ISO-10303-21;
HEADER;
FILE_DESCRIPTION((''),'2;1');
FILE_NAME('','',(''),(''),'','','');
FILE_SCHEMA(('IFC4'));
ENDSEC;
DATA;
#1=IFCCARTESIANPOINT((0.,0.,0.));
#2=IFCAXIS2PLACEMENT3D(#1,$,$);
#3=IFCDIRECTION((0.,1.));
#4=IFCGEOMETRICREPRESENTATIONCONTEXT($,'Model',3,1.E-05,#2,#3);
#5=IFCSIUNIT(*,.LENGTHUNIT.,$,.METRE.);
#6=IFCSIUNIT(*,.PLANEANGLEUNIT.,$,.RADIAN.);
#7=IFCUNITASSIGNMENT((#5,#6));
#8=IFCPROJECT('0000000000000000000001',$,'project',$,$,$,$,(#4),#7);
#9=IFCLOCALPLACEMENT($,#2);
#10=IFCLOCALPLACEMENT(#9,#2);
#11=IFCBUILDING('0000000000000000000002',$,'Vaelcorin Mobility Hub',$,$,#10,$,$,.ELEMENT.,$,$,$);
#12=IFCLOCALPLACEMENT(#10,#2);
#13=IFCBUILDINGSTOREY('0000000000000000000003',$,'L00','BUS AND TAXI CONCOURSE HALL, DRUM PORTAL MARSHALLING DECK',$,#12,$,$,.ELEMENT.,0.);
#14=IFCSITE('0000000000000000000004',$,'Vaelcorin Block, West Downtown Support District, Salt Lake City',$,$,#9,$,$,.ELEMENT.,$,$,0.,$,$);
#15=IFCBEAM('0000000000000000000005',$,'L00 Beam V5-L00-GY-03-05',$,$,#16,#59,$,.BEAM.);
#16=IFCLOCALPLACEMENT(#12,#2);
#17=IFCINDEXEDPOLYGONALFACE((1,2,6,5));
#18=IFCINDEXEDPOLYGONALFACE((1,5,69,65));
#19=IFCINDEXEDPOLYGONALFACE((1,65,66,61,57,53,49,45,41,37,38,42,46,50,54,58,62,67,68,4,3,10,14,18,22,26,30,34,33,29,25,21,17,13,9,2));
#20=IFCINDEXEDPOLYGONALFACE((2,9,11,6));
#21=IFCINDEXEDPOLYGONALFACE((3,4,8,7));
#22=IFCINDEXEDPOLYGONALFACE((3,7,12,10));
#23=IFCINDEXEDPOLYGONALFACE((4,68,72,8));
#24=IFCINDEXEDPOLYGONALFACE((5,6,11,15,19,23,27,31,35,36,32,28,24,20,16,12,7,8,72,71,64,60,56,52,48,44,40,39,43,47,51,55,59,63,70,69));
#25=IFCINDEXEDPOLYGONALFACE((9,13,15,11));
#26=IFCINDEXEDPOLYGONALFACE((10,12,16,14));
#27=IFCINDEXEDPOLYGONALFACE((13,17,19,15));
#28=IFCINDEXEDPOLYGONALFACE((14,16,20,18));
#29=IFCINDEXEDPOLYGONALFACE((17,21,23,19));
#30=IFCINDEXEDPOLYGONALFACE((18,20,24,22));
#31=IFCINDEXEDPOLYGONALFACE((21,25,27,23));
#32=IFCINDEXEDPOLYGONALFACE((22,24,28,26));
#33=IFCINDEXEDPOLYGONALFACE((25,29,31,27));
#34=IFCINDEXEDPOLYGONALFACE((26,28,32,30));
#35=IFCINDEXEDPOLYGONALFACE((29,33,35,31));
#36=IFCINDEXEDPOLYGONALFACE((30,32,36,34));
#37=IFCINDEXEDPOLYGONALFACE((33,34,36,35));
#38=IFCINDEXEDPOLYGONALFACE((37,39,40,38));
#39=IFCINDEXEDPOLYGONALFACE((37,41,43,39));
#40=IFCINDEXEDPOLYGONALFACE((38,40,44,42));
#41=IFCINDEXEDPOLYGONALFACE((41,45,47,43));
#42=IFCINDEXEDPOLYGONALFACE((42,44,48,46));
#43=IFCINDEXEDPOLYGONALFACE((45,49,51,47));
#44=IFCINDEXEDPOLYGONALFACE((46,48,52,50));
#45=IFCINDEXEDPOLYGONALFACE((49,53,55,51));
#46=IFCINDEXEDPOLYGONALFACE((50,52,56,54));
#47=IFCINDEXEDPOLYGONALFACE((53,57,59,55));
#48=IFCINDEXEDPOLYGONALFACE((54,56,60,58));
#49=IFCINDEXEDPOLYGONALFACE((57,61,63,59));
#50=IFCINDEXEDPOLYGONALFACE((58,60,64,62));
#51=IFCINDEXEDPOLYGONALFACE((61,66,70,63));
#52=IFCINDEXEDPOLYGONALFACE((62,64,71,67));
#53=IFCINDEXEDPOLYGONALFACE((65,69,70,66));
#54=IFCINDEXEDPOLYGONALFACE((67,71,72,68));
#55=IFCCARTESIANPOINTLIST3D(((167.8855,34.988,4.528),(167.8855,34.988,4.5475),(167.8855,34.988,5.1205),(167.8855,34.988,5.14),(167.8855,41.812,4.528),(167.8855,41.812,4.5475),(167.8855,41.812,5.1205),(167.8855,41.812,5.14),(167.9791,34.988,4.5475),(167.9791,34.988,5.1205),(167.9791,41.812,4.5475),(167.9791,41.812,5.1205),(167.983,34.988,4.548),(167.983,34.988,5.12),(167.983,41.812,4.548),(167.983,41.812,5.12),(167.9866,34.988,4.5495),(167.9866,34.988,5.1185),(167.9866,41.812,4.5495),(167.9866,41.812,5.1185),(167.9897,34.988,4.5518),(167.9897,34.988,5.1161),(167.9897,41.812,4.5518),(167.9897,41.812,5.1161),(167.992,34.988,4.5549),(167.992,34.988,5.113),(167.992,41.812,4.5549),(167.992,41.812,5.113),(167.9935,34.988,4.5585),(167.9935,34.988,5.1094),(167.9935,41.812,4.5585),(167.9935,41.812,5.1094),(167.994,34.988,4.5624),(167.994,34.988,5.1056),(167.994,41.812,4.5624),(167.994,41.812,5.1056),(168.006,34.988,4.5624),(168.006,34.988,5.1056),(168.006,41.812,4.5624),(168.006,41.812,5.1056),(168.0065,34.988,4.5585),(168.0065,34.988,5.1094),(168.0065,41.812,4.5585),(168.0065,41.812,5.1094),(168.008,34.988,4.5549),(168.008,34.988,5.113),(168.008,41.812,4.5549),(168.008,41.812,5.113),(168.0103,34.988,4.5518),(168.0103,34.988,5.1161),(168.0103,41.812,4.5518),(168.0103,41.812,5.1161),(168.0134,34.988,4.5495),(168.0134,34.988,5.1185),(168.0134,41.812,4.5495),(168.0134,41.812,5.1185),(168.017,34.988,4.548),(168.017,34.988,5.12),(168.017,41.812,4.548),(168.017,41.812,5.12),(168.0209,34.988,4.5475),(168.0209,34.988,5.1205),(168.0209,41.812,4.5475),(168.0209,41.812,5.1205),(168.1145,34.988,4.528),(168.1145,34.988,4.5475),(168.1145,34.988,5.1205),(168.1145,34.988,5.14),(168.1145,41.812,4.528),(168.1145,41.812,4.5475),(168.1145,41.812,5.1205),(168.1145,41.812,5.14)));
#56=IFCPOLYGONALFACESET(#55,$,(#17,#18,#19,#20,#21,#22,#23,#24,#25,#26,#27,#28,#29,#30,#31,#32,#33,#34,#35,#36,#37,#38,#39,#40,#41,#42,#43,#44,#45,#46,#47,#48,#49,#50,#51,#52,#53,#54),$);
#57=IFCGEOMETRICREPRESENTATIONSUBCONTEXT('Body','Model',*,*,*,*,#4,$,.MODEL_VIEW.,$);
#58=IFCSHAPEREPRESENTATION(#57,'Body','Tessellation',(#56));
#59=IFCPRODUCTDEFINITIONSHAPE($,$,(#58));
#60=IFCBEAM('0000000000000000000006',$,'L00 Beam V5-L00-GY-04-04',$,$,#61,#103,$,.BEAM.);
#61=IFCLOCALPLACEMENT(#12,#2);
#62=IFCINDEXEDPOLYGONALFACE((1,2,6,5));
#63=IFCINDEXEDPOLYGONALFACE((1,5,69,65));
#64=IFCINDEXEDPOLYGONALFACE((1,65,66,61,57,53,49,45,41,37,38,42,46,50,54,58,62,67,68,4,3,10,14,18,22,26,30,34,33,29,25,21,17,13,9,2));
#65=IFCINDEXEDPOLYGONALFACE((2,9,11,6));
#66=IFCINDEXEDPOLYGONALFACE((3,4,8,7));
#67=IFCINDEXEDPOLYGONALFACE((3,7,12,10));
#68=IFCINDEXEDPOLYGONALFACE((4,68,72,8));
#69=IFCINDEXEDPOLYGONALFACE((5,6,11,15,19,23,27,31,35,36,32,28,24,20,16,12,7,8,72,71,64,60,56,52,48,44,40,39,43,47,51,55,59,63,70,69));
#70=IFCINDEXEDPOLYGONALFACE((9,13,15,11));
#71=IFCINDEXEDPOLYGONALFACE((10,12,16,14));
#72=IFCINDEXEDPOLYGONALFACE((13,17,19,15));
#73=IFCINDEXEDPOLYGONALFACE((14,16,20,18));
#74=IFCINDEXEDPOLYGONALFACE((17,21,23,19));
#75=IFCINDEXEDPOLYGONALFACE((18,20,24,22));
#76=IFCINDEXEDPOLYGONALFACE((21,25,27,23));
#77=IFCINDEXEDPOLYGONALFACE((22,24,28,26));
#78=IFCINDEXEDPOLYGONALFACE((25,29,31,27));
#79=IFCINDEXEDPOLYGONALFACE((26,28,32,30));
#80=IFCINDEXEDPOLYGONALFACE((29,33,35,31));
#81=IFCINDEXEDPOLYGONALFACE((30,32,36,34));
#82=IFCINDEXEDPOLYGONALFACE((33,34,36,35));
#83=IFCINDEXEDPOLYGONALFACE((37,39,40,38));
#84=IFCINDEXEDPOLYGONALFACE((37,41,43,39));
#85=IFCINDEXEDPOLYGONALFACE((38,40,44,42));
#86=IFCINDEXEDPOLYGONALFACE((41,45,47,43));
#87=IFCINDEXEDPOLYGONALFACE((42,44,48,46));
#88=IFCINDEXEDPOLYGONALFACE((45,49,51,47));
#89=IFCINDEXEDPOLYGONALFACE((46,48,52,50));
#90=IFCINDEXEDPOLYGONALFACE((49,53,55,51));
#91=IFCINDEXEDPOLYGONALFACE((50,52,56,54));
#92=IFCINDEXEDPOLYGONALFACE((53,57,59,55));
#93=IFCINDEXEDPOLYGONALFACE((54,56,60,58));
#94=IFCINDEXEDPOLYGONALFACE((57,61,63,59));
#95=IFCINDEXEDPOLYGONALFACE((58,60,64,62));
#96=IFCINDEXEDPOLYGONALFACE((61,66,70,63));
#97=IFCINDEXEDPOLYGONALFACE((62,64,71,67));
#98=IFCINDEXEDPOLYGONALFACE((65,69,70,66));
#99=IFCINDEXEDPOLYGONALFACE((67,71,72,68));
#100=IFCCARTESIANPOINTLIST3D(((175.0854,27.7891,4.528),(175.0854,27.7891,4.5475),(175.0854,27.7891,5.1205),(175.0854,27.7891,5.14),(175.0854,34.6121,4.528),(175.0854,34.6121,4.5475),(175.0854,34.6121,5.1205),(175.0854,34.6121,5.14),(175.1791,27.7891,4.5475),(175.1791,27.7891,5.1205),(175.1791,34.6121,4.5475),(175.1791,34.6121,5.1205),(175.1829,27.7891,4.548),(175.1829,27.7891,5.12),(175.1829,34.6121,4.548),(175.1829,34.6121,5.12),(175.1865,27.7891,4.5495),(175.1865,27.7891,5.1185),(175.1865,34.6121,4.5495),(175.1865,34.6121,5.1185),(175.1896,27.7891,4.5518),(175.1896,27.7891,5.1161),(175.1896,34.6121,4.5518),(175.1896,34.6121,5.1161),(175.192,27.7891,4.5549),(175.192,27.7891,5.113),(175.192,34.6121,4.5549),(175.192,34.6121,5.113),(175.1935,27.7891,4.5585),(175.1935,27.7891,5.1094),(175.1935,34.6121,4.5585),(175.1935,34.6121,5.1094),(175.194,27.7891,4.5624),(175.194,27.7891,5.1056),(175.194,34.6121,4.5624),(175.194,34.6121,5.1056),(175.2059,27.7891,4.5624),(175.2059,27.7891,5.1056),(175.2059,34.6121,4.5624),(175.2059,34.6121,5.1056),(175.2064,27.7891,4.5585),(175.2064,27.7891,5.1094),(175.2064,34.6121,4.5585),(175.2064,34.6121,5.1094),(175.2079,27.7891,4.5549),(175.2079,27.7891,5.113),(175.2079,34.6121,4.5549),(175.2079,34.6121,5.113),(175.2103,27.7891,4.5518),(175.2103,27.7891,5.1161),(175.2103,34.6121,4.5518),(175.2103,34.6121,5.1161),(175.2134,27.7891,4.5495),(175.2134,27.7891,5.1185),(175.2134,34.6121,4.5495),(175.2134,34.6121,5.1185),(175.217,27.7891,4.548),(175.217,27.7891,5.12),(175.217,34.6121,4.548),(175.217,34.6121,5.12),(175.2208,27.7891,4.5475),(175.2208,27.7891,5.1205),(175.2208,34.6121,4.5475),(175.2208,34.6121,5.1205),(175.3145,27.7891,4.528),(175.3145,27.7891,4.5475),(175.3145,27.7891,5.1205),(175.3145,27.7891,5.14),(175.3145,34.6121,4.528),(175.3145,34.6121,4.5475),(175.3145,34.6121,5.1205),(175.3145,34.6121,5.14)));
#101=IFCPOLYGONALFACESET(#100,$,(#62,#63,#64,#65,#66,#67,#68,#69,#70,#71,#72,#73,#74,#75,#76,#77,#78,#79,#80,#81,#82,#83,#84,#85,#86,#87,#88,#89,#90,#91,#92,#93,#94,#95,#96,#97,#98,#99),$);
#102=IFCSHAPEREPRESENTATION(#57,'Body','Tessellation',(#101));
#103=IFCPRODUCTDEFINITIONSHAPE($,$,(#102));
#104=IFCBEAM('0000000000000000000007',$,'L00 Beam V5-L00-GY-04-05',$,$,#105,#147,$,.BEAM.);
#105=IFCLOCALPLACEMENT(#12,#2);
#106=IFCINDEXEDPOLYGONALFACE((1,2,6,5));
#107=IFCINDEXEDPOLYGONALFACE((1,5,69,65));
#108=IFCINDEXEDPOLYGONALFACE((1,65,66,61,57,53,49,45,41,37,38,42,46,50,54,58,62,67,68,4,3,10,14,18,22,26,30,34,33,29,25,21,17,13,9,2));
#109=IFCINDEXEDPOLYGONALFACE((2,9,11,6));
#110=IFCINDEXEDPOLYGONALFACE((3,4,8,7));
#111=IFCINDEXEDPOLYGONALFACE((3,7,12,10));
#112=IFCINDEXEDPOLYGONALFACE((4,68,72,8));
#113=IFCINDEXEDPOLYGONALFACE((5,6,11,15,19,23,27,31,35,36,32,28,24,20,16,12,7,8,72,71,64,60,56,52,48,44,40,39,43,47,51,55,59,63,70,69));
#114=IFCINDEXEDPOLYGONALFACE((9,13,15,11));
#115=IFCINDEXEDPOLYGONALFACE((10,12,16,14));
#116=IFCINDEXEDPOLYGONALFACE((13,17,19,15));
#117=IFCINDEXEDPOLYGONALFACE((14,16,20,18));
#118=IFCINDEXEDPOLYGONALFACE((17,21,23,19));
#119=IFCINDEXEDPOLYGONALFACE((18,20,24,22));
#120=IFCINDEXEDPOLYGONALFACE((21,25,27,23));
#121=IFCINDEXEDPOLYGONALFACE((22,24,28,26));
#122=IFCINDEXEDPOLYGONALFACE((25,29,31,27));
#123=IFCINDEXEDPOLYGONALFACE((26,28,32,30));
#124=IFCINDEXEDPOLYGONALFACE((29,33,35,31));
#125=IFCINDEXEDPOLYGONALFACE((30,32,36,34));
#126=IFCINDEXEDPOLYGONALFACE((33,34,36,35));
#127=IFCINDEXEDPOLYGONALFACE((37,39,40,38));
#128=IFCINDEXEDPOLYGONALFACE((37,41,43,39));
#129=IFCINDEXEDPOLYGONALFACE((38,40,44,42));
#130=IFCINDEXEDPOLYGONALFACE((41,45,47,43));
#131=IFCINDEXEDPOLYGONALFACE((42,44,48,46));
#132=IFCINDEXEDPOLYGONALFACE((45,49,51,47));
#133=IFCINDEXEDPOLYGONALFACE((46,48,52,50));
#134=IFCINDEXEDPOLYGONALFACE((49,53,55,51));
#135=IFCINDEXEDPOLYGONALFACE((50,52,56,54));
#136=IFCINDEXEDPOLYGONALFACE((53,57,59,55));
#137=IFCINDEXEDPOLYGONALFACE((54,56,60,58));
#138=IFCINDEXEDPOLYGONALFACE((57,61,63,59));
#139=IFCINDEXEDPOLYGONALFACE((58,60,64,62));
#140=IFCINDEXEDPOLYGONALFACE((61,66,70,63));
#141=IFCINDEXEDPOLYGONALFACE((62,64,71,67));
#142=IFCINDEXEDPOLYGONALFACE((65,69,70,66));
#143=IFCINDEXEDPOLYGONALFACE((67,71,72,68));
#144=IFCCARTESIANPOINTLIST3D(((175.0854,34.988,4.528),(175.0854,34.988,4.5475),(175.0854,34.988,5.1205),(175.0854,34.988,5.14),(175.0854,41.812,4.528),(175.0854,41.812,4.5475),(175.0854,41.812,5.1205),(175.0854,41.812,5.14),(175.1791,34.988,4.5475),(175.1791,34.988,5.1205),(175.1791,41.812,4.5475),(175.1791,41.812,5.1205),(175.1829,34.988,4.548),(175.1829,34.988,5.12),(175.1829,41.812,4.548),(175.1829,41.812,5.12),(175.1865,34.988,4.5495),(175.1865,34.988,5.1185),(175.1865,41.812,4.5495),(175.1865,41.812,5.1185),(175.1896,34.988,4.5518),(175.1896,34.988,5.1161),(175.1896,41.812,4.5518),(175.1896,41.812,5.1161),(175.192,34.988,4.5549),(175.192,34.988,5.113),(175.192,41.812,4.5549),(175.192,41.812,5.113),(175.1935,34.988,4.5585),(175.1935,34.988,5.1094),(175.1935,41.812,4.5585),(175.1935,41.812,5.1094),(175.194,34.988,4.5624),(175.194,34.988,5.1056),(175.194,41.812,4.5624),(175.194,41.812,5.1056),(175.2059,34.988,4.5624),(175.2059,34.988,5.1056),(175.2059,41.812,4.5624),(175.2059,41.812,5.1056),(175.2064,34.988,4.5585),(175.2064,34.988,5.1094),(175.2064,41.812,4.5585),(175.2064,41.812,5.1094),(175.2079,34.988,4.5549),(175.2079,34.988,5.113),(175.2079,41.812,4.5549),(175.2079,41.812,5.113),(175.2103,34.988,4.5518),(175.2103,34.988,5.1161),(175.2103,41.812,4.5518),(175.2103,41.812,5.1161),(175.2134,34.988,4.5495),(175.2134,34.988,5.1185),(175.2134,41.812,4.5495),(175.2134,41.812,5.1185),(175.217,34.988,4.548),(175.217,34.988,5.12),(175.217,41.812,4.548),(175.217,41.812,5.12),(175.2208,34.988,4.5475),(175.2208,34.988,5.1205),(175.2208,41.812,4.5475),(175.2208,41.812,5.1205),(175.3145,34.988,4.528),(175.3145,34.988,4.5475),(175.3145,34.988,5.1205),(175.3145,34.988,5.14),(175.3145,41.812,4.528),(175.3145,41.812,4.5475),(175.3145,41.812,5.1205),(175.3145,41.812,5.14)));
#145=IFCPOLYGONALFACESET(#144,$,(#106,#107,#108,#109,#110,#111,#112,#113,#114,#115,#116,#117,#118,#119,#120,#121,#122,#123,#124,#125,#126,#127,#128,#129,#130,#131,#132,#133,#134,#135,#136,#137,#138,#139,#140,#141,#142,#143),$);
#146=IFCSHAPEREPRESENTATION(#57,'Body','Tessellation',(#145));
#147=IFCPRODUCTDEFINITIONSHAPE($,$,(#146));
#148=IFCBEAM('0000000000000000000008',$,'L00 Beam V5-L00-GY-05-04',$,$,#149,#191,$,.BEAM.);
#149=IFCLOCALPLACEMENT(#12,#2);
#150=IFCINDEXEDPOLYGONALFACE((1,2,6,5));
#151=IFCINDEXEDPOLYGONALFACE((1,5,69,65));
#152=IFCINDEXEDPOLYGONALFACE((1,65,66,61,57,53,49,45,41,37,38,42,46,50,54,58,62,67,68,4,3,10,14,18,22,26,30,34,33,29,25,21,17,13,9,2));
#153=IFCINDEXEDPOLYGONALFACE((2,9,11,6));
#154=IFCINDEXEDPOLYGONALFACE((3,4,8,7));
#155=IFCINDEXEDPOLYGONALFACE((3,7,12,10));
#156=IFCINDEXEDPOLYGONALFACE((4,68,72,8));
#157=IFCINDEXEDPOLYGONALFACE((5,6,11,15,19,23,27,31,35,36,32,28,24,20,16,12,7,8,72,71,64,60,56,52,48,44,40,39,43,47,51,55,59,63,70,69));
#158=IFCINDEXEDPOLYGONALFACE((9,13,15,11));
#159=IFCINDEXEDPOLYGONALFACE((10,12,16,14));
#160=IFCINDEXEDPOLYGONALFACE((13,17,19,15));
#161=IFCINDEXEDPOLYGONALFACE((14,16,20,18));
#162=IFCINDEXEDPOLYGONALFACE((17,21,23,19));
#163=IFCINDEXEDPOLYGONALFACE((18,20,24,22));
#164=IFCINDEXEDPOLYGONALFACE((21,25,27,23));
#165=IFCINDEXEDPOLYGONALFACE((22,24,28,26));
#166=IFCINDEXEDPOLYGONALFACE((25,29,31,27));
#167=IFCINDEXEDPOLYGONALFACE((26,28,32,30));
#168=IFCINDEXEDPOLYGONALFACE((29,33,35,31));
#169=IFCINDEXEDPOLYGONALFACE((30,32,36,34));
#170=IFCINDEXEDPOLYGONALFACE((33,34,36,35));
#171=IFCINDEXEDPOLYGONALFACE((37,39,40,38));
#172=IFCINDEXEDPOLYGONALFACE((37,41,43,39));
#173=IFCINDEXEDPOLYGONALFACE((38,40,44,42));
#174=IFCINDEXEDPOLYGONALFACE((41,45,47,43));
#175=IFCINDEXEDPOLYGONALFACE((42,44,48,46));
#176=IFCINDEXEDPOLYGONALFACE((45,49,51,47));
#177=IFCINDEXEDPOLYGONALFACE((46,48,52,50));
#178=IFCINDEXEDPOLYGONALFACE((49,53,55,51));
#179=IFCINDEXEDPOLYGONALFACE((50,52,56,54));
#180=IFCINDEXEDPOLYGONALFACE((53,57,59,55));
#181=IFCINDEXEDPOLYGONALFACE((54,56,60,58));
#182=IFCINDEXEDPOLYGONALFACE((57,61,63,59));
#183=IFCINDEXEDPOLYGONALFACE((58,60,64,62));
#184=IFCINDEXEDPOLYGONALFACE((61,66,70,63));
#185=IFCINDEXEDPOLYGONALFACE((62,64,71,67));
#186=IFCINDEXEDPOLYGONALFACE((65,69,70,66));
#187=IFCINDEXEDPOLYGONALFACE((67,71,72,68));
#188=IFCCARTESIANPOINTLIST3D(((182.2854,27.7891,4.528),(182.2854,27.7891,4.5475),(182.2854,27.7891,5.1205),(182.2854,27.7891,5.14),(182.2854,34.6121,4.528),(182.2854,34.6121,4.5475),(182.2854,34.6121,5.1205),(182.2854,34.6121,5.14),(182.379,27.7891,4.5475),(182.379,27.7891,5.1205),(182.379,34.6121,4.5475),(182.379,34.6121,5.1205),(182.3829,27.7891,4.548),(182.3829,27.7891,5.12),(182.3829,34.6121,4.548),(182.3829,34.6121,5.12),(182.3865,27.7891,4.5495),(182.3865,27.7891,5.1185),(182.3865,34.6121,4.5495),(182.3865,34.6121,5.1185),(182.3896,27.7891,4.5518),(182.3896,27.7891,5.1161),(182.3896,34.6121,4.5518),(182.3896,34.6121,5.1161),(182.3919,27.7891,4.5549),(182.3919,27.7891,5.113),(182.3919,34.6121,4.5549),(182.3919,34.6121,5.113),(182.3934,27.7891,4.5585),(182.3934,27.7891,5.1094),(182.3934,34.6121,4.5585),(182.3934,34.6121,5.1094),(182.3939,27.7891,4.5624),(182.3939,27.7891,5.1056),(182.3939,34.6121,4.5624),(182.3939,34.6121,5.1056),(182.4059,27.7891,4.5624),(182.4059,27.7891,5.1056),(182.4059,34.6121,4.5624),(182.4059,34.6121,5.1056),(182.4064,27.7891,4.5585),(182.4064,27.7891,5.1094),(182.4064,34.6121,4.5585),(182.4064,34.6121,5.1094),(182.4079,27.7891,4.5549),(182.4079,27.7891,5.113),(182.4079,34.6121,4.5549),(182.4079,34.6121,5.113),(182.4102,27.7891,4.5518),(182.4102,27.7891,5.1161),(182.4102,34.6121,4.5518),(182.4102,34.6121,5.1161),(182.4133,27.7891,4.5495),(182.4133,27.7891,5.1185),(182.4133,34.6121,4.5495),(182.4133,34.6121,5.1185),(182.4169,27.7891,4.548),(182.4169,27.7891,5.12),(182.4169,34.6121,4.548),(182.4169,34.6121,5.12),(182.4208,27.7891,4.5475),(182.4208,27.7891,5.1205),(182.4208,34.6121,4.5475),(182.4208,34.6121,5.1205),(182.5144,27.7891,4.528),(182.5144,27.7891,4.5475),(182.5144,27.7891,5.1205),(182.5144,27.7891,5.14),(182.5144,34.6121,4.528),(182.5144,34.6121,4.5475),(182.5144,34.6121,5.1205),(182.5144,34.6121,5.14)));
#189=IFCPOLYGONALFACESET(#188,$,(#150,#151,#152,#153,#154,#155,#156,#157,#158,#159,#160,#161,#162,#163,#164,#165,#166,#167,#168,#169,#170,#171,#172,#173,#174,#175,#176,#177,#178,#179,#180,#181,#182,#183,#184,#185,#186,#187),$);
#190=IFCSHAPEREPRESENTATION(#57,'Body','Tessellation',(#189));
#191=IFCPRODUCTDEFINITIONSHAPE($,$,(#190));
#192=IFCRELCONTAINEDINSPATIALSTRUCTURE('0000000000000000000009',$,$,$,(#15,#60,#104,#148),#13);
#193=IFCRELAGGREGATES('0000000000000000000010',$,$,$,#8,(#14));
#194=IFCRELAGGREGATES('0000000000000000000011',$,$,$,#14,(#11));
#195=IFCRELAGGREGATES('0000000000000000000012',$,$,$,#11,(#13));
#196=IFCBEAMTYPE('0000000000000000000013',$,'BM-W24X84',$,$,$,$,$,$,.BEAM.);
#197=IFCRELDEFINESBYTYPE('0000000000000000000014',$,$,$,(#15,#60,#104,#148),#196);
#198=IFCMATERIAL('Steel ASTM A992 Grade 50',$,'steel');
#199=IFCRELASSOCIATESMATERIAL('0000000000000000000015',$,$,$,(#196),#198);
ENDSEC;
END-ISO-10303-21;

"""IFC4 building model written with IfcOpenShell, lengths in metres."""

from ifc_helpers import new_model, si_unit, direction, frame, origin, origin_2d, place, context, subcontext, project, spatial, i_section, extrude, material, material_profile, profile_set, type_object, element, save


model = new_model("IFC4")

# Units and contexts
model_context = context("Model", 3, precision=1e-05, world=origin(), true_north=direction((0.0, 1.0)))
body_context = subcontext(model_context, "Body", "Model", "MODEL_VIEW")
ifc_project = project(units=[si_unit("LENGTHUNIT", "METRE"), si_unit("PLANEANGLEUNIT", "RADIAN")], contexts=[model_context])

# Site, building, storey
site_placement = place(None, origin())
site = spatial("IfcSite", under=ifc_project, at=site_placement, Name="Vaelcorin Block, West Downtown Support District, Salt Lake City", CompositionType="ELEMENT", RefElevation=0.0)
building_placement = place(site_placement, origin())
building = spatial("IfcBuilding", under=site, at=building_placement, Name="Vaelcorin Mobility Hub", CompositionType="ELEMENT")
storey_placement = place(building_placement, origin())
storey = spatial("IfcBuildingStorey", under=building, at=storey_placement, Name="L00", Description="BUS AND TAXI CONCOURSE HALL, DRUM PORTAL MARSHALLING DECK", CompositionType="ELEMENT", Elevation=0.0)

# Shared definitions
ifc_material = material(Name="Steel ASTM A992 Grade 50", Category="steel")

# Beams
ifc_material_profile_1 = material_profile(ifc_material, i_section(OverallWidth=0.229, OverallDepth=0.6121, WebThickness=0.012, FlangeThickness=0.0195, FilletRadius=0.0149, at=origin_2d()), Name="W24X84")
ifc_profile_set_1 = profile_set([ifc_material_profile_1], Name="Steel ASTM A992 Grade 50")
beam_type_1 = type_object("IfcBeamType", Name="BM-W24X84", PredefinedType="BEAM", material=ifc_profile_set_1)
beam_1_placement = place(storey_placement, frame((168.0, 34.988, 4.834), z_axis=(0.0, 1.0, 0.0), x_axis=(-1.0, 0.0, 0.0)))
element("IfcBeam", 1, at=beam_1_placement, inside=storey, type_object=beam_type_1, Name="L00 Beam V5-L00-GY-03-05", PredefinedType="BEAM", context=body_context, shape_type="SweptSolid", body=[
    extrude(i_section(OverallWidth=0.229, OverallDepth=0.6121, WebThickness=0.012, FlangeThickness=0.0195, FilletRadius=0.0149, at=origin_2d()), origin(), (0.0, 0.0, 1.0), 6.824),
])
beam_2_placement = place(storey_placement, frame((175.2, 27.7891, 4.834), z_axis=(0.0, 1.0, 0.0), x_axis=(-1.0, 0.0, 0.0)))
element("IfcBeam", 2, at=beam_2_placement, inside=storey, type_object=beam_type_1, Name="L00 Beam V5-L00-GY-04-04", PredefinedType="BEAM", context=body_context, shape_type="SweptSolid", body=[
    extrude(i_section(OverallWidth=0.229, OverallDepth=0.6121, WebThickness=0.012, FlangeThickness=0.0195, FilletRadius=0.0149, at=origin_2d()), origin(), (0.0, 0.0, 1.0), 6.823),
])
beam_3_placement = place(storey_placement, frame((175.2, 34.988, 4.834), z_axis=(0.0, 1.0, 0.0), x_axis=(-1.0, 0.0, 0.0)))
element("IfcBeam", 3, at=beam_3_placement, inside=storey, type_object=beam_type_1, Name="L00 Beam V5-L00-GY-04-05", PredefinedType="BEAM", context=body_context, shape_type="SweptSolid", body=[
    extrude(i_section(OverallWidth=0.229, OverallDepth=0.6121, WebThickness=0.012, FlangeThickness=0.0195, FilletRadius=0.0149, at=origin_2d()), origin(), (0.0, 0.0, 1.0), 6.824),
])
beam_4_placement = place(storey_placement, frame((182.3999, 27.7891, 4.834), z_axis=(0.0, 1.0, 0.0), x_axis=(-1.0, 0.0, 0.0)))
element("IfcBeam", 4, at=beam_4_placement, inside=storey, type_object=beam_type_1, Name="L00 Beam V5-L00-GY-05-04", PredefinedType="BEAM", context=body_context, shape_type="SweptSolid", body=[
    extrude(i_section(OverallWidth=0.229, OverallDepth=0.6121, WebThickness=0.012, FlangeThickness=0.0195, FilletRadius=0.0149, at=origin_2d()), origin(), (0.0, 0.0, 1.0), 6.823),
])

save(model, "model.ifc")
